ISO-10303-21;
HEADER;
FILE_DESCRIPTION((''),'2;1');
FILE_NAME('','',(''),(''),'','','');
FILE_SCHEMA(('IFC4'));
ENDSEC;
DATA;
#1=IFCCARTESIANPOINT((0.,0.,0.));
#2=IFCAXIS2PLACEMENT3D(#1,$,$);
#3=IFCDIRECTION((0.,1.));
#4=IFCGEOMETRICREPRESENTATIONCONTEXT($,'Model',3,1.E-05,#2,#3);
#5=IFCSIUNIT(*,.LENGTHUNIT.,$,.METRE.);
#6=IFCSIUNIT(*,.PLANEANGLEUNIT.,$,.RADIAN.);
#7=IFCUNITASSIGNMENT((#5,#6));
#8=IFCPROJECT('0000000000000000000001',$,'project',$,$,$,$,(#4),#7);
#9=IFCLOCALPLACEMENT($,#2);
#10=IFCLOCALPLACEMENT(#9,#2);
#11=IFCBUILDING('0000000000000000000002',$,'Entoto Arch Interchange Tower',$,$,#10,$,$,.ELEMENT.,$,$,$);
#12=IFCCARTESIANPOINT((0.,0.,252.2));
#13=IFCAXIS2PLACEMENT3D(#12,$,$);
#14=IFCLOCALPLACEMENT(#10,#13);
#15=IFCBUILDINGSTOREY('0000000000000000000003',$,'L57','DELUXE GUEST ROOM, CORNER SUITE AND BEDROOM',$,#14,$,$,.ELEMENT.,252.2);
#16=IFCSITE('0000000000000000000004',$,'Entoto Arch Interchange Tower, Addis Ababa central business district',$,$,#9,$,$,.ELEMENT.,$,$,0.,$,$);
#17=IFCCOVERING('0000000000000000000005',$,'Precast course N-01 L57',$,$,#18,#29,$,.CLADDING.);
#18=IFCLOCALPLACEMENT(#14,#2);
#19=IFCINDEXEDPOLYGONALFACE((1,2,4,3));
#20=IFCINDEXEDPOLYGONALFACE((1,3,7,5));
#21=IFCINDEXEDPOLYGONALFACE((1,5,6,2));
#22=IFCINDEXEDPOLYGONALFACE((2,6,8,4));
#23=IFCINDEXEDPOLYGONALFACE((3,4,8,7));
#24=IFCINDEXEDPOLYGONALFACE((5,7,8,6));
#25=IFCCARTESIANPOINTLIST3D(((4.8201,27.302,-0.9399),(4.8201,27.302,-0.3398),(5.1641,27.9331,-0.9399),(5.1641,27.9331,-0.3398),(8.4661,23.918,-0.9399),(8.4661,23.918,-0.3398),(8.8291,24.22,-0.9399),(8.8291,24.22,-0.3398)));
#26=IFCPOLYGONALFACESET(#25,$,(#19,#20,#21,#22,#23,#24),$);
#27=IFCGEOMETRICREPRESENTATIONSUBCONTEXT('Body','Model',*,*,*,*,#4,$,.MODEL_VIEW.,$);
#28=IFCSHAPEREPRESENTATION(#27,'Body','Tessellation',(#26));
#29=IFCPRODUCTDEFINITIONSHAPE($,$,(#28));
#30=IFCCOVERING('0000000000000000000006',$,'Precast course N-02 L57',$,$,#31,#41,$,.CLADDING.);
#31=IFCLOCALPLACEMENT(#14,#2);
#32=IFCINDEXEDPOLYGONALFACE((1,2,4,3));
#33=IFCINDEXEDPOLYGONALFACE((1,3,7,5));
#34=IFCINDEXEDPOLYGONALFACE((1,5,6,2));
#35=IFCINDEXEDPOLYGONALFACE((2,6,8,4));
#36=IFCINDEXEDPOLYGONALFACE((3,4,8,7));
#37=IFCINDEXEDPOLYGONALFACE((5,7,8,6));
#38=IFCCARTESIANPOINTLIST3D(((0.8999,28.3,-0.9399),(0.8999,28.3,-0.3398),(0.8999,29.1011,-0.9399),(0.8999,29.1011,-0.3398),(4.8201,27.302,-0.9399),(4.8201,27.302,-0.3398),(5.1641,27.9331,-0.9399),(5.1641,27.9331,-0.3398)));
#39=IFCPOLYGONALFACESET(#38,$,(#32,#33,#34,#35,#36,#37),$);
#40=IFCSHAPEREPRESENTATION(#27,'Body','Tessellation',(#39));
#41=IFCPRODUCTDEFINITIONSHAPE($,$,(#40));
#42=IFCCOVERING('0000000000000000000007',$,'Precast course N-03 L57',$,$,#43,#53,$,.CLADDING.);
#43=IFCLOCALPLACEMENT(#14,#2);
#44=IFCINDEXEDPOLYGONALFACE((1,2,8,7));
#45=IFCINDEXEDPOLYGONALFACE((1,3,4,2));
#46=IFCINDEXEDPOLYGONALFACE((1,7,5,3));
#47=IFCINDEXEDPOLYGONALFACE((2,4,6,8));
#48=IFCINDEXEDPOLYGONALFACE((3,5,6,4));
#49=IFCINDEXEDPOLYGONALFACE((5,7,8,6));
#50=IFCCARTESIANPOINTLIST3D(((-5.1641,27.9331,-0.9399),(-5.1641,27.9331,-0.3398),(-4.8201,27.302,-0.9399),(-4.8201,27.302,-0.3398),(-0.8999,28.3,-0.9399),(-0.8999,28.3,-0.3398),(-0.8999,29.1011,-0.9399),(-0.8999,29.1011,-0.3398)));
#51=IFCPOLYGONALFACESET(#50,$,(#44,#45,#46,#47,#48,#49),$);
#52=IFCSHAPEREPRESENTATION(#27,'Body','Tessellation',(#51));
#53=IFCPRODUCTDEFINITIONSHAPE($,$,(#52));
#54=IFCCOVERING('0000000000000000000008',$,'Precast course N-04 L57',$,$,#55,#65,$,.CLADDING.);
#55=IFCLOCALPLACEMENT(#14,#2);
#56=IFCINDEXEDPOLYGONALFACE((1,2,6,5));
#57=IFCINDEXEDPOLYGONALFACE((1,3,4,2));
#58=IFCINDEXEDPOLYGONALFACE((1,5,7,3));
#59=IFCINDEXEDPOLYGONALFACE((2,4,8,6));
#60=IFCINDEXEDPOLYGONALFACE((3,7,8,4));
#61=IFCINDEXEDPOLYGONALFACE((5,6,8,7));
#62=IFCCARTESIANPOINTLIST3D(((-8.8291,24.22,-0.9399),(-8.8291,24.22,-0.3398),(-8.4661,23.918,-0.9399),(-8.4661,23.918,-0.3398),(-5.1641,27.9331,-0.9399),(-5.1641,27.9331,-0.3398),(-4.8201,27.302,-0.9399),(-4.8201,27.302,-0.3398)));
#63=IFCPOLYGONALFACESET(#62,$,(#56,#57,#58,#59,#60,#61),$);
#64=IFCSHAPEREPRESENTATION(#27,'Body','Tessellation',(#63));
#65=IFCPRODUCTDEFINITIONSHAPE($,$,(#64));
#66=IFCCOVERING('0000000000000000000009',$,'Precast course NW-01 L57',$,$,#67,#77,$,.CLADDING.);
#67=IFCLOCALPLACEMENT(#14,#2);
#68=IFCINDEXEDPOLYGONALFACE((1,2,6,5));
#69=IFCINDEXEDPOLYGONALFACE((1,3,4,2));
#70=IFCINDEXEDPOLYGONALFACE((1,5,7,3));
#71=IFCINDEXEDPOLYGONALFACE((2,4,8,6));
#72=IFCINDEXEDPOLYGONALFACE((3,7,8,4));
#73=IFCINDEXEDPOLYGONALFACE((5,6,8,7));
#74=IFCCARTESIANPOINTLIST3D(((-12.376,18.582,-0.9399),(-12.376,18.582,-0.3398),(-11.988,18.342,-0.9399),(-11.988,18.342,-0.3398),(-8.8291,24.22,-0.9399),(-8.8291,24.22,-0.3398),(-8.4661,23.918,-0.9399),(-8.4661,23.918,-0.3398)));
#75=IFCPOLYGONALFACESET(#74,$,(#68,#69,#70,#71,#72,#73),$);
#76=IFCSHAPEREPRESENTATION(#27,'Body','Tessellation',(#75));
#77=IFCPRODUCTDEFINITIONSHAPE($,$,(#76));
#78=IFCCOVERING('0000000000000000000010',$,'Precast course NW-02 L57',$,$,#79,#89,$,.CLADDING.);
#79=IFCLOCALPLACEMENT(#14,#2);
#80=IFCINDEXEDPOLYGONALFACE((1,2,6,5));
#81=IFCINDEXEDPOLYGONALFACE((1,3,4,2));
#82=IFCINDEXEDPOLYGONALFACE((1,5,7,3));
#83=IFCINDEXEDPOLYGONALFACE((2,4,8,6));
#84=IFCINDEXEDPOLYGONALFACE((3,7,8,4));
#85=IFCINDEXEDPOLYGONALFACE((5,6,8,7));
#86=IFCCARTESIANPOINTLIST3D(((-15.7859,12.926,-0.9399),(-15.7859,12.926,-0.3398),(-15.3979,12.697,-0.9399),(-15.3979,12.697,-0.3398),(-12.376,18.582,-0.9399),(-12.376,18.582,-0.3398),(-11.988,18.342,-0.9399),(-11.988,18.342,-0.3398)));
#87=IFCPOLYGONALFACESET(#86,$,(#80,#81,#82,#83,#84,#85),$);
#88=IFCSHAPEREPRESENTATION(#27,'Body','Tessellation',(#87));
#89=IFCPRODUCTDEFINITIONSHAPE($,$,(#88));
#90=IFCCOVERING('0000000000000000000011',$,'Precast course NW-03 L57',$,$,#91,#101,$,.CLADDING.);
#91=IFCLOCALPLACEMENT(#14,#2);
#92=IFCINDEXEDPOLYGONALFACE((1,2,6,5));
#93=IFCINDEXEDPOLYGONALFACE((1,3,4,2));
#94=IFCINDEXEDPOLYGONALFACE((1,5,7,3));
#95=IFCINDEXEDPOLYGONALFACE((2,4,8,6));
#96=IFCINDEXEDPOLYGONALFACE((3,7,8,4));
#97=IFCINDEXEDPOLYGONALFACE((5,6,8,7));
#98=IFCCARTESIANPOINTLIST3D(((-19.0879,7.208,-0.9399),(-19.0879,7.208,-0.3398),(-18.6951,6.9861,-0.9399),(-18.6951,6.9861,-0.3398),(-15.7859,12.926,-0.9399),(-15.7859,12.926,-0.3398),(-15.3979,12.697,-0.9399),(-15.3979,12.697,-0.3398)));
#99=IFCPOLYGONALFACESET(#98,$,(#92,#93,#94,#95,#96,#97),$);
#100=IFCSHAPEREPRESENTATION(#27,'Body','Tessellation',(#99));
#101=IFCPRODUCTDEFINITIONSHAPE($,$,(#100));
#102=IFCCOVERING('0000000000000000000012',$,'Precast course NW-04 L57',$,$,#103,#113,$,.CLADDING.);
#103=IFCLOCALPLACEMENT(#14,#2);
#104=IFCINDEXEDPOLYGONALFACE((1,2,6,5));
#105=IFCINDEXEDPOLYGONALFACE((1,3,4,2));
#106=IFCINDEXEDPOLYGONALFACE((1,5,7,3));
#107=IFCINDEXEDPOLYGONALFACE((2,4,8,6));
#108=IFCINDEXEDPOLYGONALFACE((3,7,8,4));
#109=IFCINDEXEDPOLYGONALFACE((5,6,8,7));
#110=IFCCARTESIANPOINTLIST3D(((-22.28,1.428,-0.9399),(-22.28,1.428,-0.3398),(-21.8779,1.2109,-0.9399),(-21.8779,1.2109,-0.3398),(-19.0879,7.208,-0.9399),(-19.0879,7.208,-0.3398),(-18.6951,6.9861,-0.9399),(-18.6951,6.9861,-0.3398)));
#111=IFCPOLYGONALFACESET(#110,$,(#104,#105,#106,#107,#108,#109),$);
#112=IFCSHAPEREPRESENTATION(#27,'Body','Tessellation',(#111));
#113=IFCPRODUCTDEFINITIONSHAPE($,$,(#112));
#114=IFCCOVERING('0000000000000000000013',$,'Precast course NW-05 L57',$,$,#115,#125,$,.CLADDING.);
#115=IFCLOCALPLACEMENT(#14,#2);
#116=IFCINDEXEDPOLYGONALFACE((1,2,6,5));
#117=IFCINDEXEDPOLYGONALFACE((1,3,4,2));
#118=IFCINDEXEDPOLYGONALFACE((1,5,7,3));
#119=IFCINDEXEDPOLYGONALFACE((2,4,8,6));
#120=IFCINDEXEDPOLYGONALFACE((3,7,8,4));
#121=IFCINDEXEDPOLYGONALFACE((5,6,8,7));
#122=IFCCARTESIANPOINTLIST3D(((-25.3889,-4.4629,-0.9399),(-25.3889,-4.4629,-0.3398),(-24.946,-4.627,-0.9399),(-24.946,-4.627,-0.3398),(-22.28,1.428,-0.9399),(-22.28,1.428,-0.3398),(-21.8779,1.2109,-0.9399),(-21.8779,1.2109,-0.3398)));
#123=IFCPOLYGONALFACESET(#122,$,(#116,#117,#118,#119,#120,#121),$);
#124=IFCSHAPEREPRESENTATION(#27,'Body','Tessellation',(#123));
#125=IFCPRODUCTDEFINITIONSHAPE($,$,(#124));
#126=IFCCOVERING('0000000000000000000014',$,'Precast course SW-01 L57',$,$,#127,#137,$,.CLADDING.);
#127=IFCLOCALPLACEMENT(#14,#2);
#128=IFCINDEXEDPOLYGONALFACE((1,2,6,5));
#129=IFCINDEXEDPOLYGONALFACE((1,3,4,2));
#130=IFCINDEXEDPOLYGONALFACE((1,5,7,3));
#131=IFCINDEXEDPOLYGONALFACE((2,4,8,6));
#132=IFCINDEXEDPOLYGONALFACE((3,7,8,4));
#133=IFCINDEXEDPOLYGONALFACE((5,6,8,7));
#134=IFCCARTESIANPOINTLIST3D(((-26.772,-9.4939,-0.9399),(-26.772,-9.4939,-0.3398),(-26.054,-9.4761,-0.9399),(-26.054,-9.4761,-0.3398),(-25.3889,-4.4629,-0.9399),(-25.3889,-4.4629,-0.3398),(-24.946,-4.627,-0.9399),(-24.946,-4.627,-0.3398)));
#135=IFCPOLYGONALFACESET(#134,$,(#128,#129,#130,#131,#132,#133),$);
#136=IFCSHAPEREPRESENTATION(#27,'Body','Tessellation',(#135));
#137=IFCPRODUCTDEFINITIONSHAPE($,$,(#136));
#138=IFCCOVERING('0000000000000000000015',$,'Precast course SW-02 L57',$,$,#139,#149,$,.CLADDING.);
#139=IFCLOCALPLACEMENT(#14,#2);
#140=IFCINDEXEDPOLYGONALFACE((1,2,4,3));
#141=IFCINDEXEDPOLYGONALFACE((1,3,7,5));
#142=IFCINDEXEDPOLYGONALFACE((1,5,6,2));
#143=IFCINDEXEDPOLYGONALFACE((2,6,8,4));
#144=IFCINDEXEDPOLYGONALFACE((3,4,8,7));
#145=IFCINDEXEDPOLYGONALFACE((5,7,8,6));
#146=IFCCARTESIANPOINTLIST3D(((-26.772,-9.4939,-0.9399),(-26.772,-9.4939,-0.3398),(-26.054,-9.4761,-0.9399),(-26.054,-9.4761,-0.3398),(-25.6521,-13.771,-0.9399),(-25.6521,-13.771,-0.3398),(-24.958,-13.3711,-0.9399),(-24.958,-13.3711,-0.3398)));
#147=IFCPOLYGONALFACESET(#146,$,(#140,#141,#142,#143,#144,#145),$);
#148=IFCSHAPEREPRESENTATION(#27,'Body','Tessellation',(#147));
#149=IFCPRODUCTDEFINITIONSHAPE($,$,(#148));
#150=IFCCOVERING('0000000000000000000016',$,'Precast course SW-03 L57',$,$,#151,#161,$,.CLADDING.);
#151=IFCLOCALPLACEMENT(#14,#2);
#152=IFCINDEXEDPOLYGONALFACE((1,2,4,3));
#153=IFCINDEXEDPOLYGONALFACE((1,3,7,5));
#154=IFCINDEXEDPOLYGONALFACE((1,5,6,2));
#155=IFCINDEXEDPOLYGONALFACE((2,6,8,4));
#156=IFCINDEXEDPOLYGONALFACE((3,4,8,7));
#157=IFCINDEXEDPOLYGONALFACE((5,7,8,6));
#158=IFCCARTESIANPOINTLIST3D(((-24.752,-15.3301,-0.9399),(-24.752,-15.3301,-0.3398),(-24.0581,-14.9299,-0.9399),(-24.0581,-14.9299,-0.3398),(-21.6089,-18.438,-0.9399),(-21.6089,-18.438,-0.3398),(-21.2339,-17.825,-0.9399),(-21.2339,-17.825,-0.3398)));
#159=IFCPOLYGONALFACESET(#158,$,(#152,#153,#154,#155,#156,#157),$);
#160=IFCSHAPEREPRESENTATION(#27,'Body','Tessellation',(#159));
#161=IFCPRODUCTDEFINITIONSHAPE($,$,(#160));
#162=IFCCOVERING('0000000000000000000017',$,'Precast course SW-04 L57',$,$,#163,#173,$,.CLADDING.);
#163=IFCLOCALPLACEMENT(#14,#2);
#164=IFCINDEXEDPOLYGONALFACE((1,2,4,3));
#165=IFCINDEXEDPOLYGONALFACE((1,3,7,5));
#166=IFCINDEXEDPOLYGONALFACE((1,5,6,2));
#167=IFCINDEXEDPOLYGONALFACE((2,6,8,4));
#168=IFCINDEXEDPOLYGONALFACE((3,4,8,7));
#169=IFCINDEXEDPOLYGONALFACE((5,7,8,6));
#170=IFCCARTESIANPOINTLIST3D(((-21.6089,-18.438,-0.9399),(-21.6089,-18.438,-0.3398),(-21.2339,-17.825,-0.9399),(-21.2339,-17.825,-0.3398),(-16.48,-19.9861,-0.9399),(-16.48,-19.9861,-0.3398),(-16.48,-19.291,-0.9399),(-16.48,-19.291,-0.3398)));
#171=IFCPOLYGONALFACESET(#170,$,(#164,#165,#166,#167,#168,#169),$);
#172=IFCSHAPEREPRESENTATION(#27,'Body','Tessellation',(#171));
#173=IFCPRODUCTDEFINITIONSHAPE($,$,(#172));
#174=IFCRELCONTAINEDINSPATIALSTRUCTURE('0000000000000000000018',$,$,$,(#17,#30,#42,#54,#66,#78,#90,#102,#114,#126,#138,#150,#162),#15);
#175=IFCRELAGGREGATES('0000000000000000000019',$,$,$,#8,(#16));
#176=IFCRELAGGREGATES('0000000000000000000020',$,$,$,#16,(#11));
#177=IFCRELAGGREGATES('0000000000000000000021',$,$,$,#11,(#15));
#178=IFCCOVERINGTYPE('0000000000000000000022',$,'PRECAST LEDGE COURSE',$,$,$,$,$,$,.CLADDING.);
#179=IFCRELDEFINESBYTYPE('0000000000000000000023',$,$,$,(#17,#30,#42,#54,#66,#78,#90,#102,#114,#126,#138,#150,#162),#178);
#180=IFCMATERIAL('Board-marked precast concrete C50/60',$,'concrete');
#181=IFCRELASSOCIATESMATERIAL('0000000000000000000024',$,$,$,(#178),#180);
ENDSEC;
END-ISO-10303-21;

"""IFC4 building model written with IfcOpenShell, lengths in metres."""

from ifc_helpers import new_model, si_unit, direction, frame, origin, place, context, subcontext, project, spatial, polyline, outline, extrude, material, type_object, element, save


model = new_model("IFC4")

# Units and contexts
model_context = context("Model", 3, precision=1e-05, world=origin(), true_north=direction((0.0, 1.0)))
body_context = subcontext(model_context, "Body", "Model", "MODEL_VIEW")
ifc_project = project(units=[si_unit("LENGTHUNIT", "METRE"), si_unit("PLANEANGLEUNIT", "RADIAN")], contexts=[model_context])

# Site, building, storey
site_placement = place(None, origin())
site = spatial("IfcSite", under=ifc_project, at=site_placement, Name="Entoto Arch Interchange Tower, Addis Ababa central business district", CompositionType="ELEMENT", RefElevation=0.0)
building_placement = place(site_placement, origin())
building = spatial("IfcBuilding", under=site, at=building_placement, Name="Entoto Arch Interchange Tower", CompositionType="ELEMENT")
storey_placement = place(building_placement, frame((0.0, 0.0, 252.2)))
storey = spatial("IfcBuildingStorey", under=building, at=storey_placement, Name="L57", Description="DELUXE GUEST ROOM, CORNER SUITE AND BEDROOM", CompositionType="ELEMENT", Elevation=252.2)

# Shared definitions
ifc_material_1 = material(Name="Board-marked precast concrete C50/60", Category="concrete")

# Coverings
covering_type = type_object("IfcCoveringType", Name="PRECAST LEDGE COURSE", PredefinedType="CLADDING", material=ifc_material_1)
covering_1_placement = place(storey_placement, frame((0.0, 0.0, -0.9399)))
element("IfcCovering", 1, at=covering_1_placement, inside=storey, type_object=covering_type, Name="Precast course N-01 L57", PredefinedType="CLADDING", context=body_context, shape_type="SweptSolid", body=[
    extrude(outline(polyline([(4.8201, 27.302), (5.1641, 27.9331), (8.8291, 24.22), (8.4661, 23.918), (4.8201, 27.302)])), origin(), (0.0, 0.0, 1.0), 0.6001),
])
covering_2_placement = place(storey_placement, frame((0.0, 0.0, -0.9399)))
element("IfcCovering", 2, at=covering_2_placement, inside=storey, type_object=covering_type, Name="Precast course N-02 L57", PredefinedType="CLADDING", context=body_context, shape_type="SweptSolid", body=[
    extrude(outline(polyline([(0.8999, 28.3), (0.8999, 29.1011), (5.1641, 27.9331), (4.8201, 27.302), (0.8999, 28.3)])), origin(), (0.0, 0.0, 1.0), 0.6001),
])
covering_3_placement = place(storey_placement, frame((0.0, 0.0, -0.9399)))
element("IfcCovering", 3, at=covering_3_placement, inside=storey, type_object=covering_type, Name="Precast course N-03 L57", PredefinedType="CLADDING", context=body_context, shape_type="SweptSolid", body=[
    extrude(outline(polyline([(-4.8201, 27.302), (-5.1641, 27.9331), (-0.8999, 29.1011), (-0.8999, 28.3), (-4.8201, 27.302)])), origin(), (0.0, 0.0, 1.0), 0.6001),
])
covering_4_placement = place(storey_placement, frame((0.0, 0.0, -0.9399)))
element("IfcCovering", 4, at=covering_4_placement, inside=storey, type_object=covering_type, Name="Precast course N-04 L57", PredefinedType="CLADDING", context=body_context, shape_type="SweptSolid", body=[
    extrude(outline(polyline([(-8.4661, 23.918), (-8.8291, 24.22), (-5.1641, 27.9331), (-4.8201, 27.302), (-8.4661, 23.918)])), origin(), (0.0, 0.0, 1.0), 0.6001),
])
covering_5_placement = place(storey_placement, frame((0.0, 0.0, -0.9399)))
element("IfcCovering", 5, at=covering_5_placement, inside=storey, type_object=covering_type, Name="Precast course NW-01 L57", PredefinedType="CLADDING", context=body_context, shape_type="SweptSolid", body=[
    extrude(outline(polyline([(-11.988, 18.342), (-12.376, 18.582), (-8.8291, 24.22), (-8.4661, 23.918), (-11.988, 18.342)])), origin(), (0.0, 0.0, 1.0), 0.6001),
])
covering_6_placement = place(storey_placement, frame((0.0, 0.0, -0.9399)))
element("IfcCovering", 6, at=covering_6_placement, inside=storey, type_object=covering_type, Name="Precast course NW-02 L57", PredefinedType="CLADDING", context=body_context, shape_type="SweptSolid", body=[
    extrude(outline(polyline([(-15.3979, 12.697), (-15.7859, 12.926), (-12.376, 18.582), (-11.988, 18.342), (-15.3979, 12.697)])), origin(), (0.0, 0.0, 1.0), 0.6001),
])
covering_7_placement = place(storey_placement, frame((0.0, 0.0, -0.9399)))
element("IfcCovering", 7, at=covering_7_placement, inside=storey, type_object=covering_type, Name="Precast course NW-03 L57", PredefinedType="CLADDING", context=body_context, shape_type="SweptSolid", body=[
    extrude(outline(polyline([(-18.6951, 6.9861), (-19.0879, 7.208), (-15.7859, 12.926), (-15.3979, 12.697), (-18.6951, 6.9861)])), origin(), (0.0, 0.0, 1.0), 0.6001),
])
covering_8_placement = place(storey_placement, frame((0.0, 0.0, -0.9399)))
element("IfcCovering", 8, at=covering_8_placement, inside=storey, type_object=covering_type, Name="Precast course NW-04 L57", PredefinedType="CLADDING", context=body_context, shape_type="SweptSolid", body=[
    extrude(outline(polyline([(-21.8779, 1.2109), (-22.28, 1.428), (-19.0879, 7.208), (-18.6951, 6.9861), (-21.8779, 1.2109)])), origin(), (0.0, 0.0, 1.0), 0.6001),
])
covering_9_placement = place(storey_placement, frame((0.0, 0.0, -0.9399)))
element("IfcCovering", 9, at=covering_9_placement, inside=storey, type_object=covering_type, Name="Precast course NW-05 L57", PredefinedType="CLADDING", context=body_context, shape_type="SweptSolid", body=[
    extrude(outline(polyline([(-24.946, -4.627), (-25.3889, -4.4629), (-22.28, 1.428), (-21.8779, 1.2109), (-24.946, -4.627)])), origin(), (0.0, 0.0, 1.0), 0.6001),
])
covering_10_placement = place(storey_placement, frame((0.0, 0.0, -0.9399)))
element("IfcCovering", 10, at=covering_10_placement, inside=storey, type_object=covering_type, Name="Precast course SW-01 L57", PredefinedType="CLADDING", context=body_context, shape_type="SweptSolid", body=[
    extrude(outline(polyline([(-26.054, -9.4761), (-26.772, -9.4939), (-25.3889, -4.4629), (-24.946, -4.627), (-26.054, -9.4761)])), origin(), (0.0, 0.0, 1.0), 0.6001),
])
covering_11_placement = place(storey_placement, frame((0.0, 0.0, -0.9399)))
element("IfcCovering", 11, at=covering_11_placement, inside=storey, type_object=covering_type, Name="Precast course SW-02 L57", PredefinedType="CLADDING", context=body_context, shape_type="SweptSolid", body=[
    extrude(outline(polyline([(-24.958, -13.3711), (-25.6521, -13.771), (-26.772, -9.4939), (-26.054, -9.4761), (-24.958, -13.3711)])), origin(), (0.0, 0.0, 1.0), 0.6001),
])
covering_12_placement = place(storey_placement, frame((0.0, 0.0, -0.9399)))
element("IfcCovering", 12, at=covering_12_placement, inside=storey, type_object=covering_type, Name="Precast course SW-03 L57", PredefinedType="CLADDING", context=body_context, shape_type="SweptSolid", body=[
    extrude(outline(polyline([(-21.2339, -17.825), (-21.6089, -18.438), (-24.752, -15.3301), (-24.0581, -14.9299), (-21.2339, -17.825)])), origin(), (0.0, 0.0, 1.0), 0.6001),
])
covering_13_placement = place(storey_placement, frame((0.0, 0.0, -0.9399)))
element("IfcCovering", 13, at=covering_13_placement, inside=storey, type_object=covering_type, Name="Precast course SW-04 L57", PredefinedType="CLADDING", context=body_context, shape_type="SweptSolid", body=[
    extrude(outline(polyline([(-16.48, -19.291), (-16.48, -19.9861), (-21.6089, -18.438), (-21.2339, -17.825), (-16.48, -19.291)])), origin(), (0.0, 0.0, 1.0), 0.6001),
])

save(model, "model.ifc")
